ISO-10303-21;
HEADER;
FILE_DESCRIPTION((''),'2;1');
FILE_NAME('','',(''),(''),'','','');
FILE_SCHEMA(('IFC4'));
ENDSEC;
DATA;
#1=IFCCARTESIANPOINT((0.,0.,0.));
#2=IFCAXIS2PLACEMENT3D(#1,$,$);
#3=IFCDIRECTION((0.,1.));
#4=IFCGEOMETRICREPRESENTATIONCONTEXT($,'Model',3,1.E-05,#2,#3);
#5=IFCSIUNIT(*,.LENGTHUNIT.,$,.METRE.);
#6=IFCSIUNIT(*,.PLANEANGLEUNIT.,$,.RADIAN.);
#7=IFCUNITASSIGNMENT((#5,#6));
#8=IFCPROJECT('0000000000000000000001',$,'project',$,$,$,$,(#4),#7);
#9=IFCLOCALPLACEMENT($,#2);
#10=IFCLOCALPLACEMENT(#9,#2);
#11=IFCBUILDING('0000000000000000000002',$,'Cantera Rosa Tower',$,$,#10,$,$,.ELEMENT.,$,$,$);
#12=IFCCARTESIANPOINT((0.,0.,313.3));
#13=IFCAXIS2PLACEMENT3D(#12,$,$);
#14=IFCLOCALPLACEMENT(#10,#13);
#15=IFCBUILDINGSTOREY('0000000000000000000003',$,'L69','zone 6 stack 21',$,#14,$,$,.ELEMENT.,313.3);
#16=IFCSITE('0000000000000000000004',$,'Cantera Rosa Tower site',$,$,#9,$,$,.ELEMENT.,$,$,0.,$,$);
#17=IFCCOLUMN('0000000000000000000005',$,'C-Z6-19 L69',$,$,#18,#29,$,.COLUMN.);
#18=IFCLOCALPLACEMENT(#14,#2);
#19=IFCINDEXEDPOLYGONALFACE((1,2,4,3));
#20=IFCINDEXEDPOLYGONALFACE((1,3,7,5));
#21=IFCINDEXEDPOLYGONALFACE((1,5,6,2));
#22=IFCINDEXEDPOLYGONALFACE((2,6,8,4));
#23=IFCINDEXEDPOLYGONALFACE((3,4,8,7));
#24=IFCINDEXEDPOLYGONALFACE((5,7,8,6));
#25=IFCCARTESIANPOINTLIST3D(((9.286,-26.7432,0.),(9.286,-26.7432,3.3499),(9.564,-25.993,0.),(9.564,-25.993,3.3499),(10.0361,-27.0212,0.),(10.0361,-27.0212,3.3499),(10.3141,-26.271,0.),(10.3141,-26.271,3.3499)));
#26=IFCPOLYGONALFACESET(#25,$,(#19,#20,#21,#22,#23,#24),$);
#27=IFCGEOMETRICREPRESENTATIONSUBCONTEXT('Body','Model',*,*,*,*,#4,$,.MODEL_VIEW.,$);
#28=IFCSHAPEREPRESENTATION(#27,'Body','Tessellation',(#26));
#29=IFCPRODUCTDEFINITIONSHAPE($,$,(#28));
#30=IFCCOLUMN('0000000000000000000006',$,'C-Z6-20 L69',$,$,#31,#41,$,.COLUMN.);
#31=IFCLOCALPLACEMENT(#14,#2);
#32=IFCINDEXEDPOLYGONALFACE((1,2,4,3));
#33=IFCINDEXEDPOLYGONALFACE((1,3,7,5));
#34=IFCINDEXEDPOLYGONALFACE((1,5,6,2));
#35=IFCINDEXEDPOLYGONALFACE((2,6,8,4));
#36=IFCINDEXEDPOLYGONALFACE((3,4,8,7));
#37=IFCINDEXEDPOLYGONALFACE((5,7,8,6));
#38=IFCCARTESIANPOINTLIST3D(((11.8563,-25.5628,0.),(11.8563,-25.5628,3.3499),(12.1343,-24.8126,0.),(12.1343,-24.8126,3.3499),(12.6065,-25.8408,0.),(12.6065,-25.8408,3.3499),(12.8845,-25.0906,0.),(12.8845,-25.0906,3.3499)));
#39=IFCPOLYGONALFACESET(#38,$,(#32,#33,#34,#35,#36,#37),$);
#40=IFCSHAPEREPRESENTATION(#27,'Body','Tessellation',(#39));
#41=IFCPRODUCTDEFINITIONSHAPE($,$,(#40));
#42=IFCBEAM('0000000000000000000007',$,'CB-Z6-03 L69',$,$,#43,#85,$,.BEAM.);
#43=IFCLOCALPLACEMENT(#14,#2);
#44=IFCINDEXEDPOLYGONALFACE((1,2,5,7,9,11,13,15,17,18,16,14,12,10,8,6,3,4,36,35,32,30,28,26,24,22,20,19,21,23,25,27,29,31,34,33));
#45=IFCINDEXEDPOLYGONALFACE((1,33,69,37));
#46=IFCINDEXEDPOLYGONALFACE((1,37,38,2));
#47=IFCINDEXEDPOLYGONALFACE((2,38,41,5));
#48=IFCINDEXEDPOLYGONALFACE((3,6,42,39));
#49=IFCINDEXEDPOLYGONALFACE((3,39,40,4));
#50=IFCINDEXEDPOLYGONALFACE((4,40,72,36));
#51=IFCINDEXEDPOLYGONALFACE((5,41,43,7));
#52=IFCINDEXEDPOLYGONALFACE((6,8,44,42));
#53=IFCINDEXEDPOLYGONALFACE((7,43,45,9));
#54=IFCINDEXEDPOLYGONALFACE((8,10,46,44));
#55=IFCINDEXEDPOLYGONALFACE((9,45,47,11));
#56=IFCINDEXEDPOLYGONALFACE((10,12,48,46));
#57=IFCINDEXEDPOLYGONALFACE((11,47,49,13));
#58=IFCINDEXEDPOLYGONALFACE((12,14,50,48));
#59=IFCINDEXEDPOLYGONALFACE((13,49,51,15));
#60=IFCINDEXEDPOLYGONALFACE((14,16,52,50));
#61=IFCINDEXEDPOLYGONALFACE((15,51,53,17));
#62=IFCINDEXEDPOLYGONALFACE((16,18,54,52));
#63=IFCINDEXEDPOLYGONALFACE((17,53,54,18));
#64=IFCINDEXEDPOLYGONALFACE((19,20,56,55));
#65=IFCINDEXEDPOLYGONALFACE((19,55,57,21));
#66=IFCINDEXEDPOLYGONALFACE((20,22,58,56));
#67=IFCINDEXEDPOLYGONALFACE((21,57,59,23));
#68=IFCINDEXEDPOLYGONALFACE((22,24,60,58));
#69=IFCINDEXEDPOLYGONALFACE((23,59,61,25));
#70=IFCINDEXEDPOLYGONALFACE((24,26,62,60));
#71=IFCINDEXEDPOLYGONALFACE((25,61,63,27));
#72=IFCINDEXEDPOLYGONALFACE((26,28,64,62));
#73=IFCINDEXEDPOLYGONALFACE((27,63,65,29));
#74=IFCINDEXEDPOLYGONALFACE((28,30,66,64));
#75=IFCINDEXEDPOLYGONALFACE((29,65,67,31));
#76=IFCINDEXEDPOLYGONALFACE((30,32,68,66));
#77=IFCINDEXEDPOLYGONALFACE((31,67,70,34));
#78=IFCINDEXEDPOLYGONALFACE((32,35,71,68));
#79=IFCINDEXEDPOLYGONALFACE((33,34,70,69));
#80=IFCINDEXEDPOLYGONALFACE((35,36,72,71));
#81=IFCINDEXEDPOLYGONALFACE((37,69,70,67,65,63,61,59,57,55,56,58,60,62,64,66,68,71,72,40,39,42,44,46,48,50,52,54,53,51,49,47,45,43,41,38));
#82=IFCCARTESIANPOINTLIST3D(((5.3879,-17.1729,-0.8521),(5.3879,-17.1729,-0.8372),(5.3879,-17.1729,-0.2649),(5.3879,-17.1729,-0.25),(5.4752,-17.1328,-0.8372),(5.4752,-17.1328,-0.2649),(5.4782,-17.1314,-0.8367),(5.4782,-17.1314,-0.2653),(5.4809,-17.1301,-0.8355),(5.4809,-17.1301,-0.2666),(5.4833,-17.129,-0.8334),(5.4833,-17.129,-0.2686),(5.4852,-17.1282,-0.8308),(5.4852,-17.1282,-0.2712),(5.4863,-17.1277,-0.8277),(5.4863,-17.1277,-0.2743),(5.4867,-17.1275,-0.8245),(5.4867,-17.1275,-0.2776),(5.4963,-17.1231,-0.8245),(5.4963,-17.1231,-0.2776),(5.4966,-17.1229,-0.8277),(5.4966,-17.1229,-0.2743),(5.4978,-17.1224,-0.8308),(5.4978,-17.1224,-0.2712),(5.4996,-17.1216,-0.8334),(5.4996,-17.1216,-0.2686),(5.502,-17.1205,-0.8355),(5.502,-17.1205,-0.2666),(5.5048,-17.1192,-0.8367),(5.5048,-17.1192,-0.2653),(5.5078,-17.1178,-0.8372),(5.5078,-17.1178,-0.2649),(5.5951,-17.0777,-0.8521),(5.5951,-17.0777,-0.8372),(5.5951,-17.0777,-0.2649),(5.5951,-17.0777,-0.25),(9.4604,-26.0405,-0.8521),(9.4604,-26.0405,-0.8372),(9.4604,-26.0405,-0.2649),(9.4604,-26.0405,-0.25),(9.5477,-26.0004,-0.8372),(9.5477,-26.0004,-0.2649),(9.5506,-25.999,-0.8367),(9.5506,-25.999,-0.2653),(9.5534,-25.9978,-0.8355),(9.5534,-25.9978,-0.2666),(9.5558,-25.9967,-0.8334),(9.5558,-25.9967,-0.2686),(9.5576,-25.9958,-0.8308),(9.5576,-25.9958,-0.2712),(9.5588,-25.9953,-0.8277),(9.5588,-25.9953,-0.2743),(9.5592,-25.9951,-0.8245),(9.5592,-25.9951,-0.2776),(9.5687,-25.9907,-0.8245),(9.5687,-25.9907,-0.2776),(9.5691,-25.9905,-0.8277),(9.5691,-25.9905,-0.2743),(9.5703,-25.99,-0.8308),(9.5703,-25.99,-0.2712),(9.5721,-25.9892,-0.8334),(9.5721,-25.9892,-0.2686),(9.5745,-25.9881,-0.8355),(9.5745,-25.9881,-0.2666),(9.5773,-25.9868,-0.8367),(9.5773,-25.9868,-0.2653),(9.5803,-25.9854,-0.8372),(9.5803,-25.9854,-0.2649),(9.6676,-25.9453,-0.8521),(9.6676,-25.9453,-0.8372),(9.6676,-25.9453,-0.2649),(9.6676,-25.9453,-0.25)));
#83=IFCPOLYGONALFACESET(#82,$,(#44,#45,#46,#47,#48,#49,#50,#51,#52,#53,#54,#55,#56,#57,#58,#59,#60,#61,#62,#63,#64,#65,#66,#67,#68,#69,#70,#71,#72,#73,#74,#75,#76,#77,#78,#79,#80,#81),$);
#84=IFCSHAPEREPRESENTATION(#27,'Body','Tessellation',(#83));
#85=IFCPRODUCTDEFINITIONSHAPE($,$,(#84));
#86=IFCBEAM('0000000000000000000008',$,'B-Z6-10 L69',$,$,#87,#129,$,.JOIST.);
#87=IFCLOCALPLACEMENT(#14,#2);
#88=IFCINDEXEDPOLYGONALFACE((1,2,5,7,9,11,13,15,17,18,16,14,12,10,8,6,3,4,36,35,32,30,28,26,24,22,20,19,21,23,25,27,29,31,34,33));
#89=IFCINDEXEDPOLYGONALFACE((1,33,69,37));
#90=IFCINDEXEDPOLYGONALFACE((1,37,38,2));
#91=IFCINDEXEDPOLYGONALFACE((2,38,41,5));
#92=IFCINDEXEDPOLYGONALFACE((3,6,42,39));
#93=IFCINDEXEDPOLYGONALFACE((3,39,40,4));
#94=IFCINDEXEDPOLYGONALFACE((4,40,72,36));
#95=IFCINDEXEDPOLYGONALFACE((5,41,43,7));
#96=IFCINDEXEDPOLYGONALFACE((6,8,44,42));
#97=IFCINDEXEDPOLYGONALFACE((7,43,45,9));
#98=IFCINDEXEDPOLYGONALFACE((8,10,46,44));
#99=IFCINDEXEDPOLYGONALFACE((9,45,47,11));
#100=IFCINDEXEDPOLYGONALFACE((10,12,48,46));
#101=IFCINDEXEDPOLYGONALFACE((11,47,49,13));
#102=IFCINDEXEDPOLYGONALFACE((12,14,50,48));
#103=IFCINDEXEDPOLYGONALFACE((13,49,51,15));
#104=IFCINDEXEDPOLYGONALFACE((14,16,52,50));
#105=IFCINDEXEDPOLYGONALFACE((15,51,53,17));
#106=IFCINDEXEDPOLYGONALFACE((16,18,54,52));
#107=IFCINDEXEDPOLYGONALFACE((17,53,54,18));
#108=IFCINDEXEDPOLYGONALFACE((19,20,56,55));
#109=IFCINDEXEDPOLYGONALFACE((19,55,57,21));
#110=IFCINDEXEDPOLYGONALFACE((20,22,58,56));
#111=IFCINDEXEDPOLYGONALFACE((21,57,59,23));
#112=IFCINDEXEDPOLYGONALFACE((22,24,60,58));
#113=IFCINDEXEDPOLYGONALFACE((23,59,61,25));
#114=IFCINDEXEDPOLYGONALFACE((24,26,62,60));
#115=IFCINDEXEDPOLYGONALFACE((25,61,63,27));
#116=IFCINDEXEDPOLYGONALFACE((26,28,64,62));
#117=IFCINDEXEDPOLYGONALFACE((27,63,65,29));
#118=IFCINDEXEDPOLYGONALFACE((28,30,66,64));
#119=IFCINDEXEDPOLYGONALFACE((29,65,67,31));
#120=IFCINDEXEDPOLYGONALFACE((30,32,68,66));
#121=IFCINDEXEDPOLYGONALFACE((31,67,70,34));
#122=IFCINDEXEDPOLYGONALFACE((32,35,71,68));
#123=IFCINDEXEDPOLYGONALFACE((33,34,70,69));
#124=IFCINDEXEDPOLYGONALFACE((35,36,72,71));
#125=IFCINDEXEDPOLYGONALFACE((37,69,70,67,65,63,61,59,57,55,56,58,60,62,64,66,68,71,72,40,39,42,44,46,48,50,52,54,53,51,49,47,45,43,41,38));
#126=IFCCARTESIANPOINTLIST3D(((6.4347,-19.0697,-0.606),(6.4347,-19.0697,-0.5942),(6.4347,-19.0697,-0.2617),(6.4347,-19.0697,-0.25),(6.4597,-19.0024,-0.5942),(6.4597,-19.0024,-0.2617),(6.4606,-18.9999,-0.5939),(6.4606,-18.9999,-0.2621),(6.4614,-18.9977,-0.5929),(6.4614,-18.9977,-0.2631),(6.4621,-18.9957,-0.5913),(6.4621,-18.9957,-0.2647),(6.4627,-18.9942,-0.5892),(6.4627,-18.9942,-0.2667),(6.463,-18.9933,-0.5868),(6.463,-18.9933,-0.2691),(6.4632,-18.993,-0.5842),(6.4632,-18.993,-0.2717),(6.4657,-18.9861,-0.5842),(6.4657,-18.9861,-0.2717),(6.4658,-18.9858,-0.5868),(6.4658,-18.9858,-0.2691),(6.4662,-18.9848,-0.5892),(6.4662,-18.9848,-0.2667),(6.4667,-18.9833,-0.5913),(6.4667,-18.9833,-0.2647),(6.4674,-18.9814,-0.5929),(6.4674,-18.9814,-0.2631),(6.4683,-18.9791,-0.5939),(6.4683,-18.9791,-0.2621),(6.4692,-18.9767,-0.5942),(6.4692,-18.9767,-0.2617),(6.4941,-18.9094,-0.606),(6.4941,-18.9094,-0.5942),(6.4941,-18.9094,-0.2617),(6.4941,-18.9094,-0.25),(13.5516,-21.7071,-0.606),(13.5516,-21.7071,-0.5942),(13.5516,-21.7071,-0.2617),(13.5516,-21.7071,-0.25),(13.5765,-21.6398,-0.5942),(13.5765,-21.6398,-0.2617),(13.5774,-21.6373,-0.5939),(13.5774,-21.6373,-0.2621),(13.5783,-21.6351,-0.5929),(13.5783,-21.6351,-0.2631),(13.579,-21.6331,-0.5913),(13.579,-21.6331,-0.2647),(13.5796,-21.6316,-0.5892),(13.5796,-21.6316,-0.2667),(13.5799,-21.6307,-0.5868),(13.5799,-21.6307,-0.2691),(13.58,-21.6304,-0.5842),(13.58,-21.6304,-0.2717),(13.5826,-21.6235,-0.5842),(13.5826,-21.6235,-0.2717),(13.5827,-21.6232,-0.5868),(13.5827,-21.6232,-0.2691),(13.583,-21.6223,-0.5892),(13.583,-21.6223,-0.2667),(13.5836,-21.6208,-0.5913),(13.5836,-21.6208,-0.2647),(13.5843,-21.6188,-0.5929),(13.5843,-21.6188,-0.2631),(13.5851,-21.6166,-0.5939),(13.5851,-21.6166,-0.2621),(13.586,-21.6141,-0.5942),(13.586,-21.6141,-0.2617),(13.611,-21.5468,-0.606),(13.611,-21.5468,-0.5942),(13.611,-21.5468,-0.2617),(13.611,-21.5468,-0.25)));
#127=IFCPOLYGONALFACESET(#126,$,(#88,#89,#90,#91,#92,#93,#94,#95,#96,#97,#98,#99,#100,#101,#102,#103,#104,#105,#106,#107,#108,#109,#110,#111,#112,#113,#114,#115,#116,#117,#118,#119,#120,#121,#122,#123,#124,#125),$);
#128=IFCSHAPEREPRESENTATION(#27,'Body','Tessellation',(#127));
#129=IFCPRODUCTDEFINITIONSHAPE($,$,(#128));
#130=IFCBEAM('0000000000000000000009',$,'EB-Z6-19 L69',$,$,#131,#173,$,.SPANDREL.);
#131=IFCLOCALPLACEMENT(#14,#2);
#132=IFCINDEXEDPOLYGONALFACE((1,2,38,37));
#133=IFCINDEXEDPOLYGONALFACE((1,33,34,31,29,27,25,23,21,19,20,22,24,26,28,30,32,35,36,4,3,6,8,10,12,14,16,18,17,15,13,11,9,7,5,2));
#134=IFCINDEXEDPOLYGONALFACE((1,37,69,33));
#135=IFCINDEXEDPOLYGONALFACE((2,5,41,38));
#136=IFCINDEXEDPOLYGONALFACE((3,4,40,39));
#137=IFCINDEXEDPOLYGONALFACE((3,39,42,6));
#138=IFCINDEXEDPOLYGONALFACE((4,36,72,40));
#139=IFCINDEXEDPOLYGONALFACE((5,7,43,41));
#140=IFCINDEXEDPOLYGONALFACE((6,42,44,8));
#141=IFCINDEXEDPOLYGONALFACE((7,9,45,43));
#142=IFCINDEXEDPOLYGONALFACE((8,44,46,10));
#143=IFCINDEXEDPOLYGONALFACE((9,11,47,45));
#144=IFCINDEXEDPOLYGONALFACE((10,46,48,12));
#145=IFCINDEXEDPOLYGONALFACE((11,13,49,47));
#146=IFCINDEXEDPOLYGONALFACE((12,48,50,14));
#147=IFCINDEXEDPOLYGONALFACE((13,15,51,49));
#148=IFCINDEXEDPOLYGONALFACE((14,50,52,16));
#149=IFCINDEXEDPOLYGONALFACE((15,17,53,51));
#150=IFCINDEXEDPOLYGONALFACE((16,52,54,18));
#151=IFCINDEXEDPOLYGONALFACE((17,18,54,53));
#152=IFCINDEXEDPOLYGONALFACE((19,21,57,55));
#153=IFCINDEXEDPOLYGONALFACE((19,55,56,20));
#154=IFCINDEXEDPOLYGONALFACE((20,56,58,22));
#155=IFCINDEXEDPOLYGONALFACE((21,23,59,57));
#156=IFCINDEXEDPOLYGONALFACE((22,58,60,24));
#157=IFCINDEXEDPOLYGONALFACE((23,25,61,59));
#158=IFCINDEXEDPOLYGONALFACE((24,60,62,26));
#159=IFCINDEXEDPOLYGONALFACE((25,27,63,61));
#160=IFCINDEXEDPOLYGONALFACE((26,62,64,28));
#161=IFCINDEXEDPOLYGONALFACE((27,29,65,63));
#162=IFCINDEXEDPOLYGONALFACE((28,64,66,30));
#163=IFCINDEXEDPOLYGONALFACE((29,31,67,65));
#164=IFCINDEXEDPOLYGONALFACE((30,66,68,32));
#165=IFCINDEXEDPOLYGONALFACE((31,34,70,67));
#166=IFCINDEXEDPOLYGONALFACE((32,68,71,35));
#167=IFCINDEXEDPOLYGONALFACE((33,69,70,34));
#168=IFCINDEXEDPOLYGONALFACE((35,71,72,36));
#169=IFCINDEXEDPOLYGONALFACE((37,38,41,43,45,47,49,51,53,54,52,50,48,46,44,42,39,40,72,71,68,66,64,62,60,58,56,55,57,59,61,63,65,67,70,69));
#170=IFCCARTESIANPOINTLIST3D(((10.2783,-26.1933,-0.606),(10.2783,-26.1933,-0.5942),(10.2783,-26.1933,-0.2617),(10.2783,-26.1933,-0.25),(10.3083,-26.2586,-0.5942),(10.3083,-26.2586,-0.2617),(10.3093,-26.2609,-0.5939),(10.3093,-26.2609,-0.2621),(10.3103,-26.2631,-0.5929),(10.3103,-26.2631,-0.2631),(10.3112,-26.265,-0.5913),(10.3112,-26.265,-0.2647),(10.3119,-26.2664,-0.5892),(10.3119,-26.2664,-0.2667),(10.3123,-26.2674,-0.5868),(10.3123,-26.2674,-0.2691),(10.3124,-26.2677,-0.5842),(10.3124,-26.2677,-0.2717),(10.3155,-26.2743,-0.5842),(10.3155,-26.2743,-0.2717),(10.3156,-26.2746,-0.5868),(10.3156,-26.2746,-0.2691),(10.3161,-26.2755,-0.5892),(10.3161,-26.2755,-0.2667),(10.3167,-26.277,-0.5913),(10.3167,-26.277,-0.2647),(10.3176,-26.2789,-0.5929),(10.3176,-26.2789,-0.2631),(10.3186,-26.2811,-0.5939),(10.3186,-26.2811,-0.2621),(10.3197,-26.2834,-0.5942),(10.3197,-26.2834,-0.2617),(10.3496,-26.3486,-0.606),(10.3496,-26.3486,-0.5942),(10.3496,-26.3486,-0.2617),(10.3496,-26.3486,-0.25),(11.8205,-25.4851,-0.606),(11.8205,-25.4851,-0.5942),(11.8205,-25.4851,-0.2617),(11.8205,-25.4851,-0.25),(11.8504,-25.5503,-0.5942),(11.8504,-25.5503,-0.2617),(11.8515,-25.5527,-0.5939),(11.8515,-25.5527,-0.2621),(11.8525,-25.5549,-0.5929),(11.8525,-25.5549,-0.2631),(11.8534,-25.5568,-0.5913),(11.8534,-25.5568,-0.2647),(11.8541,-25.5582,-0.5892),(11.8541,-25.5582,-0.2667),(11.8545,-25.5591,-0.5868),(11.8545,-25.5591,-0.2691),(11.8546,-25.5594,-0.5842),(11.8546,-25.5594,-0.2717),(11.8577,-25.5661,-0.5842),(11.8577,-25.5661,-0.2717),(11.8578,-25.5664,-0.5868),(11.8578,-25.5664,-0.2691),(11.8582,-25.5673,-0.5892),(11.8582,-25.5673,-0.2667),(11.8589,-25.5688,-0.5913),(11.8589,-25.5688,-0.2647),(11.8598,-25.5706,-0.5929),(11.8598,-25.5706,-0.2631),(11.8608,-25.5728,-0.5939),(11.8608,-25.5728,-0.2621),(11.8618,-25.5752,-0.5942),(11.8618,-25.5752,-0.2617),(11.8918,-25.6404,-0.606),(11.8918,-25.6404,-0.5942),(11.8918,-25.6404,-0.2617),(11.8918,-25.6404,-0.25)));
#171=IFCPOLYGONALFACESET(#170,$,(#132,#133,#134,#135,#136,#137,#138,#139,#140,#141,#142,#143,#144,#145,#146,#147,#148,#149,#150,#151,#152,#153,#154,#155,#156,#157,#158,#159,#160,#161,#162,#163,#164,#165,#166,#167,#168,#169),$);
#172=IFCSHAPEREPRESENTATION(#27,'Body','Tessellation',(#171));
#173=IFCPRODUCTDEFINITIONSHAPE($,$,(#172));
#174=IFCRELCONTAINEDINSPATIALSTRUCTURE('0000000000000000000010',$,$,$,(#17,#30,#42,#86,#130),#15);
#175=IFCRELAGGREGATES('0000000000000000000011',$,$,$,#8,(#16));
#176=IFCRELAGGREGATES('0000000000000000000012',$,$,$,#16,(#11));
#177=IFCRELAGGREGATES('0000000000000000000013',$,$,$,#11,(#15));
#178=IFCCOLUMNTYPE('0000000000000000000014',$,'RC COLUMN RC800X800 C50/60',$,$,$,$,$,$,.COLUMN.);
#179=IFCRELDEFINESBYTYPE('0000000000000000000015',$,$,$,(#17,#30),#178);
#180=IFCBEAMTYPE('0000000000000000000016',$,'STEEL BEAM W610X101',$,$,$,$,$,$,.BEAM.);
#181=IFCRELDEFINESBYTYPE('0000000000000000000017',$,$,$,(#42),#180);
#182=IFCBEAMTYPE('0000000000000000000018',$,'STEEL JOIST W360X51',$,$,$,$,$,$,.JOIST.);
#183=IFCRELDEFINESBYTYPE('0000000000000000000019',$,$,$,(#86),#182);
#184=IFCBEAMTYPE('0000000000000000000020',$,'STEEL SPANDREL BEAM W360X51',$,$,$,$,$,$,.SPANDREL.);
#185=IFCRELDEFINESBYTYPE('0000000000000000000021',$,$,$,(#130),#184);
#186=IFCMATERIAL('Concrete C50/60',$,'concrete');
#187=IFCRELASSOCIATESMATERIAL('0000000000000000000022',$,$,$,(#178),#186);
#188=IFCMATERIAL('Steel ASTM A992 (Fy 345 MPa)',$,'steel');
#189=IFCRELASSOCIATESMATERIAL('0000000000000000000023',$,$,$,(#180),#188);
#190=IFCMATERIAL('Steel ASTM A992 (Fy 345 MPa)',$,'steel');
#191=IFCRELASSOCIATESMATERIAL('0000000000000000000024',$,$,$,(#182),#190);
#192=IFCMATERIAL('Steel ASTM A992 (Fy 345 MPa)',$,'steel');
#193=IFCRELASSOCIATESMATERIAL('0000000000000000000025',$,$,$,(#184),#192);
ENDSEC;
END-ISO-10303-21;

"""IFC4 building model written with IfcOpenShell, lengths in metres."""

from ifc_helpers import new_model, si_unit, direction, frame, origin, origin_2d, place, context, subcontext, project, spatial, rectangle, i_section, extrude, material, material_profile, profile_set, type_object, element, save


model = new_model("IFC4")

# Units and contexts
model_context = context("Model", 3, precision=1e-05, world=origin(), true_north=direction((0.0, 1.0)))
body_context = subcontext(model_context, "Body", "Model", "MODEL_VIEW")
ifc_project = project(units=[si_unit("LENGTHUNIT", "METRE"), si_unit("PLANEANGLEUNIT", "RADIAN")], contexts=[model_context])

# Site, building, storey
site_placement = place(None, origin())
site = spatial("IfcSite", under=ifc_project, at=site_placement, Name="Cantera Rosa Tower site", CompositionType="ELEMENT", RefElevation=0.0)
building_placement = place(site_placement, origin())
building = spatial("IfcBuilding", under=site, at=building_placement, Name="Cantera Rosa Tower", CompositionType="ELEMENT")
storey_placement = place(building_placement, frame((0.0, 0.0, 313.3)))
storey = spatial("IfcBuildingStorey", under=building, at=storey_placement, Name="L69", Description="zone 6 stack 21", CompositionType="ELEMENT", Elevation=313.3)

# Columns
ifc_material_1 = material(Name="Concrete C50/60", Category="concrete")
ifc_material_profile_1 = material_profile(ifc_material_1, rectangle(XDim=0.8, YDim=0.8, at=origin_2d()), Name="RC COLUMN RC800X800 C50/60")
ifc_profile_set_1 = profile_set([ifc_material_profile_1], Name="Concrete C50/60")
column_type = type_object("IfcColumnType", Name="RC COLUMN RC800X800 C50/60", PredefinedType="COLUMN", material=ifc_profile_set_1)
for number, where, z_axis, x_axis, name in (
    (1, (9.8, -26.5071, 0.0), (0.0, 0.0, 1.0), (0.347481, 0.937687, 0.0), "C-Z6-19 L69"),
    (2, (12.3704, -25.3267, 0.0), (0.0, 0.0, 1.0), (0.347481, 0.937687, 0.0), "C-Z6-20 L69"),
):
    element("IfcColumn", number, at=place(storey_placement, frame(where, z_axis=z_axis, x_axis=x_axis)), inside=storey, type_object=column_type, Name=name, PredefinedType="COLUMN", context=body_context, shape_type="SweptSolid", body=[
        extrude(rectangle(XDim=0.8, YDim=0.8, at=origin_2d()), origin(), (0.0, 0.0, 1.0), 3.3499),
    ])

# Beams
ifc_material_2 = material(Name="Steel ASTM A992 (Fy 345 MPa)", Category="steel")
ifc_material_profile_2 = material_profile(ifc_material_2, i_section(OverallWidth=0.228, OverallDepth=0.6021, WebThickness=0.0105, FlangeThickness=0.0149, FilletRadius=0.0127, at=origin_2d()), Name="W610X101")
ifc_profile_set_2 = profile_set([ifc_material_profile_2], Name="Steel ASTM A992 (Fy 345 MPa)")
beam_type_1 = type_object("IfcBeamType", Name="STEEL BEAM W610X101", PredefinedType="BEAM", material=ifc_profile_set_2)
beam_1_placement = place(storey_placement, frame((9.564, -25.9929, -0.551), z_axis=(-0.417346, 0.908748, 0.0), x_axis=(-0.908748, -0.417346, 0.0)))
element("IfcBeam", 3, at=beam_1_placement, inside=storey, type_object=beam_type_1, Name="CB-Z6-03 L69", PredefinedType="BEAM", context=body_context, shape_type="SweptSolid", body=[
    extrude(i_section(OverallWidth=0.228, OverallDepth=0.6021, WebThickness=0.0105, FlangeThickness=0.0149, FilletRadius=0.0127, at=origin_2d()), origin(), (0.0, 0.0, 1.0), 9.7581),
])
ifc_material_3 = material(Name="Steel ASTM A992 (Fy 345 MPa)", Category="steel")
ifc_material_profile_3 = material_profile(ifc_material_3, i_section(OverallWidth=0.1709, OverallDepth=0.356, WebThickness=0.0073, FlangeThickness=0.0117, FilletRadius=0.01, at=origin_2d()), Name="W360X51")
ifc_profile_set_3 = profile_set([ifc_material_profile_3], Name="Steel ASTM A992 (Fy 345 MPa)")
beam_type_2 = type_object("IfcBeamType", Name="STEEL JOIST W360X51", PredefinedType="JOIST", material=ifc_profile_set_3)
beam_2_placement = place(storey_placement, frame((13.5813, -21.627, -0.428), z_axis=(-0.937682, 0.347493, 0.0), x_axis=(-0.347493, -0.937682, 0.0)))
element("IfcBeam", 4, at=beam_2_placement, inside=storey, type_object=beam_type_2, Name="B-Z6-10 L69", PredefinedType="JOIST", context=body_context, shape_type="SweptSolid", body=[
    extrude(i_section(OverallWidth=0.1709, OverallDepth=0.356, WebThickness=0.0073, FlangeThickness=0.0117, FilletRadius=0.01, at=origin_2d()), origin(), (0.0, 0.0, 1.0), 7.5898),
])
ifc_material_4 = material(Name="Steel ASTM A992 (Fy 345 MPa)", Category="steel")
ifc_material_profile_4 = material_profile(ifc_material_4, i_section(OverallWidth=0.1709, OverallDepth=0.356, WebThickness=0.0073, FlangeThickness=0.0117, FilletRadius=0.01, at=origin_2d()), Name="W360X51")
ifc_profile_set_4 = profile_set([ifc_material_profile_4], Name="Steel ASTM A992 (Fy 345 MPa)")
beam_type_3 = type_object("IfcBeamType", Name="STEEL SPANDREL BEAM W360X51", PredefinedType="SPANDREL", material=ifc_profile_set_4)
beam_3_placement = place(storey_placement, frame((10.314, -26.271, -0.428), z_axis=(0.908754, 0.417333, 0.0), x_axis=(-0.417333, 0.908754, 0.0)))
element("IfcBeam", 5, at=beam_3_placement, inside=storey, type_object=beam_type_3, Name="EB-Z6-19 L69", PredefinedType="SPANDREL", context=body_context, shape_type="SweptSolid", body=[
    extrude(i_section(OverallWidth=0.1709, OverallDepth=0.356, WebThickness=0.0073, FlangeThickness=0.0117, FilletRadius=0.01, at=origin_2d()), origin(), (0.0, 0.0, 1.0), 1.697),
])

save(model, "model.ifc")
